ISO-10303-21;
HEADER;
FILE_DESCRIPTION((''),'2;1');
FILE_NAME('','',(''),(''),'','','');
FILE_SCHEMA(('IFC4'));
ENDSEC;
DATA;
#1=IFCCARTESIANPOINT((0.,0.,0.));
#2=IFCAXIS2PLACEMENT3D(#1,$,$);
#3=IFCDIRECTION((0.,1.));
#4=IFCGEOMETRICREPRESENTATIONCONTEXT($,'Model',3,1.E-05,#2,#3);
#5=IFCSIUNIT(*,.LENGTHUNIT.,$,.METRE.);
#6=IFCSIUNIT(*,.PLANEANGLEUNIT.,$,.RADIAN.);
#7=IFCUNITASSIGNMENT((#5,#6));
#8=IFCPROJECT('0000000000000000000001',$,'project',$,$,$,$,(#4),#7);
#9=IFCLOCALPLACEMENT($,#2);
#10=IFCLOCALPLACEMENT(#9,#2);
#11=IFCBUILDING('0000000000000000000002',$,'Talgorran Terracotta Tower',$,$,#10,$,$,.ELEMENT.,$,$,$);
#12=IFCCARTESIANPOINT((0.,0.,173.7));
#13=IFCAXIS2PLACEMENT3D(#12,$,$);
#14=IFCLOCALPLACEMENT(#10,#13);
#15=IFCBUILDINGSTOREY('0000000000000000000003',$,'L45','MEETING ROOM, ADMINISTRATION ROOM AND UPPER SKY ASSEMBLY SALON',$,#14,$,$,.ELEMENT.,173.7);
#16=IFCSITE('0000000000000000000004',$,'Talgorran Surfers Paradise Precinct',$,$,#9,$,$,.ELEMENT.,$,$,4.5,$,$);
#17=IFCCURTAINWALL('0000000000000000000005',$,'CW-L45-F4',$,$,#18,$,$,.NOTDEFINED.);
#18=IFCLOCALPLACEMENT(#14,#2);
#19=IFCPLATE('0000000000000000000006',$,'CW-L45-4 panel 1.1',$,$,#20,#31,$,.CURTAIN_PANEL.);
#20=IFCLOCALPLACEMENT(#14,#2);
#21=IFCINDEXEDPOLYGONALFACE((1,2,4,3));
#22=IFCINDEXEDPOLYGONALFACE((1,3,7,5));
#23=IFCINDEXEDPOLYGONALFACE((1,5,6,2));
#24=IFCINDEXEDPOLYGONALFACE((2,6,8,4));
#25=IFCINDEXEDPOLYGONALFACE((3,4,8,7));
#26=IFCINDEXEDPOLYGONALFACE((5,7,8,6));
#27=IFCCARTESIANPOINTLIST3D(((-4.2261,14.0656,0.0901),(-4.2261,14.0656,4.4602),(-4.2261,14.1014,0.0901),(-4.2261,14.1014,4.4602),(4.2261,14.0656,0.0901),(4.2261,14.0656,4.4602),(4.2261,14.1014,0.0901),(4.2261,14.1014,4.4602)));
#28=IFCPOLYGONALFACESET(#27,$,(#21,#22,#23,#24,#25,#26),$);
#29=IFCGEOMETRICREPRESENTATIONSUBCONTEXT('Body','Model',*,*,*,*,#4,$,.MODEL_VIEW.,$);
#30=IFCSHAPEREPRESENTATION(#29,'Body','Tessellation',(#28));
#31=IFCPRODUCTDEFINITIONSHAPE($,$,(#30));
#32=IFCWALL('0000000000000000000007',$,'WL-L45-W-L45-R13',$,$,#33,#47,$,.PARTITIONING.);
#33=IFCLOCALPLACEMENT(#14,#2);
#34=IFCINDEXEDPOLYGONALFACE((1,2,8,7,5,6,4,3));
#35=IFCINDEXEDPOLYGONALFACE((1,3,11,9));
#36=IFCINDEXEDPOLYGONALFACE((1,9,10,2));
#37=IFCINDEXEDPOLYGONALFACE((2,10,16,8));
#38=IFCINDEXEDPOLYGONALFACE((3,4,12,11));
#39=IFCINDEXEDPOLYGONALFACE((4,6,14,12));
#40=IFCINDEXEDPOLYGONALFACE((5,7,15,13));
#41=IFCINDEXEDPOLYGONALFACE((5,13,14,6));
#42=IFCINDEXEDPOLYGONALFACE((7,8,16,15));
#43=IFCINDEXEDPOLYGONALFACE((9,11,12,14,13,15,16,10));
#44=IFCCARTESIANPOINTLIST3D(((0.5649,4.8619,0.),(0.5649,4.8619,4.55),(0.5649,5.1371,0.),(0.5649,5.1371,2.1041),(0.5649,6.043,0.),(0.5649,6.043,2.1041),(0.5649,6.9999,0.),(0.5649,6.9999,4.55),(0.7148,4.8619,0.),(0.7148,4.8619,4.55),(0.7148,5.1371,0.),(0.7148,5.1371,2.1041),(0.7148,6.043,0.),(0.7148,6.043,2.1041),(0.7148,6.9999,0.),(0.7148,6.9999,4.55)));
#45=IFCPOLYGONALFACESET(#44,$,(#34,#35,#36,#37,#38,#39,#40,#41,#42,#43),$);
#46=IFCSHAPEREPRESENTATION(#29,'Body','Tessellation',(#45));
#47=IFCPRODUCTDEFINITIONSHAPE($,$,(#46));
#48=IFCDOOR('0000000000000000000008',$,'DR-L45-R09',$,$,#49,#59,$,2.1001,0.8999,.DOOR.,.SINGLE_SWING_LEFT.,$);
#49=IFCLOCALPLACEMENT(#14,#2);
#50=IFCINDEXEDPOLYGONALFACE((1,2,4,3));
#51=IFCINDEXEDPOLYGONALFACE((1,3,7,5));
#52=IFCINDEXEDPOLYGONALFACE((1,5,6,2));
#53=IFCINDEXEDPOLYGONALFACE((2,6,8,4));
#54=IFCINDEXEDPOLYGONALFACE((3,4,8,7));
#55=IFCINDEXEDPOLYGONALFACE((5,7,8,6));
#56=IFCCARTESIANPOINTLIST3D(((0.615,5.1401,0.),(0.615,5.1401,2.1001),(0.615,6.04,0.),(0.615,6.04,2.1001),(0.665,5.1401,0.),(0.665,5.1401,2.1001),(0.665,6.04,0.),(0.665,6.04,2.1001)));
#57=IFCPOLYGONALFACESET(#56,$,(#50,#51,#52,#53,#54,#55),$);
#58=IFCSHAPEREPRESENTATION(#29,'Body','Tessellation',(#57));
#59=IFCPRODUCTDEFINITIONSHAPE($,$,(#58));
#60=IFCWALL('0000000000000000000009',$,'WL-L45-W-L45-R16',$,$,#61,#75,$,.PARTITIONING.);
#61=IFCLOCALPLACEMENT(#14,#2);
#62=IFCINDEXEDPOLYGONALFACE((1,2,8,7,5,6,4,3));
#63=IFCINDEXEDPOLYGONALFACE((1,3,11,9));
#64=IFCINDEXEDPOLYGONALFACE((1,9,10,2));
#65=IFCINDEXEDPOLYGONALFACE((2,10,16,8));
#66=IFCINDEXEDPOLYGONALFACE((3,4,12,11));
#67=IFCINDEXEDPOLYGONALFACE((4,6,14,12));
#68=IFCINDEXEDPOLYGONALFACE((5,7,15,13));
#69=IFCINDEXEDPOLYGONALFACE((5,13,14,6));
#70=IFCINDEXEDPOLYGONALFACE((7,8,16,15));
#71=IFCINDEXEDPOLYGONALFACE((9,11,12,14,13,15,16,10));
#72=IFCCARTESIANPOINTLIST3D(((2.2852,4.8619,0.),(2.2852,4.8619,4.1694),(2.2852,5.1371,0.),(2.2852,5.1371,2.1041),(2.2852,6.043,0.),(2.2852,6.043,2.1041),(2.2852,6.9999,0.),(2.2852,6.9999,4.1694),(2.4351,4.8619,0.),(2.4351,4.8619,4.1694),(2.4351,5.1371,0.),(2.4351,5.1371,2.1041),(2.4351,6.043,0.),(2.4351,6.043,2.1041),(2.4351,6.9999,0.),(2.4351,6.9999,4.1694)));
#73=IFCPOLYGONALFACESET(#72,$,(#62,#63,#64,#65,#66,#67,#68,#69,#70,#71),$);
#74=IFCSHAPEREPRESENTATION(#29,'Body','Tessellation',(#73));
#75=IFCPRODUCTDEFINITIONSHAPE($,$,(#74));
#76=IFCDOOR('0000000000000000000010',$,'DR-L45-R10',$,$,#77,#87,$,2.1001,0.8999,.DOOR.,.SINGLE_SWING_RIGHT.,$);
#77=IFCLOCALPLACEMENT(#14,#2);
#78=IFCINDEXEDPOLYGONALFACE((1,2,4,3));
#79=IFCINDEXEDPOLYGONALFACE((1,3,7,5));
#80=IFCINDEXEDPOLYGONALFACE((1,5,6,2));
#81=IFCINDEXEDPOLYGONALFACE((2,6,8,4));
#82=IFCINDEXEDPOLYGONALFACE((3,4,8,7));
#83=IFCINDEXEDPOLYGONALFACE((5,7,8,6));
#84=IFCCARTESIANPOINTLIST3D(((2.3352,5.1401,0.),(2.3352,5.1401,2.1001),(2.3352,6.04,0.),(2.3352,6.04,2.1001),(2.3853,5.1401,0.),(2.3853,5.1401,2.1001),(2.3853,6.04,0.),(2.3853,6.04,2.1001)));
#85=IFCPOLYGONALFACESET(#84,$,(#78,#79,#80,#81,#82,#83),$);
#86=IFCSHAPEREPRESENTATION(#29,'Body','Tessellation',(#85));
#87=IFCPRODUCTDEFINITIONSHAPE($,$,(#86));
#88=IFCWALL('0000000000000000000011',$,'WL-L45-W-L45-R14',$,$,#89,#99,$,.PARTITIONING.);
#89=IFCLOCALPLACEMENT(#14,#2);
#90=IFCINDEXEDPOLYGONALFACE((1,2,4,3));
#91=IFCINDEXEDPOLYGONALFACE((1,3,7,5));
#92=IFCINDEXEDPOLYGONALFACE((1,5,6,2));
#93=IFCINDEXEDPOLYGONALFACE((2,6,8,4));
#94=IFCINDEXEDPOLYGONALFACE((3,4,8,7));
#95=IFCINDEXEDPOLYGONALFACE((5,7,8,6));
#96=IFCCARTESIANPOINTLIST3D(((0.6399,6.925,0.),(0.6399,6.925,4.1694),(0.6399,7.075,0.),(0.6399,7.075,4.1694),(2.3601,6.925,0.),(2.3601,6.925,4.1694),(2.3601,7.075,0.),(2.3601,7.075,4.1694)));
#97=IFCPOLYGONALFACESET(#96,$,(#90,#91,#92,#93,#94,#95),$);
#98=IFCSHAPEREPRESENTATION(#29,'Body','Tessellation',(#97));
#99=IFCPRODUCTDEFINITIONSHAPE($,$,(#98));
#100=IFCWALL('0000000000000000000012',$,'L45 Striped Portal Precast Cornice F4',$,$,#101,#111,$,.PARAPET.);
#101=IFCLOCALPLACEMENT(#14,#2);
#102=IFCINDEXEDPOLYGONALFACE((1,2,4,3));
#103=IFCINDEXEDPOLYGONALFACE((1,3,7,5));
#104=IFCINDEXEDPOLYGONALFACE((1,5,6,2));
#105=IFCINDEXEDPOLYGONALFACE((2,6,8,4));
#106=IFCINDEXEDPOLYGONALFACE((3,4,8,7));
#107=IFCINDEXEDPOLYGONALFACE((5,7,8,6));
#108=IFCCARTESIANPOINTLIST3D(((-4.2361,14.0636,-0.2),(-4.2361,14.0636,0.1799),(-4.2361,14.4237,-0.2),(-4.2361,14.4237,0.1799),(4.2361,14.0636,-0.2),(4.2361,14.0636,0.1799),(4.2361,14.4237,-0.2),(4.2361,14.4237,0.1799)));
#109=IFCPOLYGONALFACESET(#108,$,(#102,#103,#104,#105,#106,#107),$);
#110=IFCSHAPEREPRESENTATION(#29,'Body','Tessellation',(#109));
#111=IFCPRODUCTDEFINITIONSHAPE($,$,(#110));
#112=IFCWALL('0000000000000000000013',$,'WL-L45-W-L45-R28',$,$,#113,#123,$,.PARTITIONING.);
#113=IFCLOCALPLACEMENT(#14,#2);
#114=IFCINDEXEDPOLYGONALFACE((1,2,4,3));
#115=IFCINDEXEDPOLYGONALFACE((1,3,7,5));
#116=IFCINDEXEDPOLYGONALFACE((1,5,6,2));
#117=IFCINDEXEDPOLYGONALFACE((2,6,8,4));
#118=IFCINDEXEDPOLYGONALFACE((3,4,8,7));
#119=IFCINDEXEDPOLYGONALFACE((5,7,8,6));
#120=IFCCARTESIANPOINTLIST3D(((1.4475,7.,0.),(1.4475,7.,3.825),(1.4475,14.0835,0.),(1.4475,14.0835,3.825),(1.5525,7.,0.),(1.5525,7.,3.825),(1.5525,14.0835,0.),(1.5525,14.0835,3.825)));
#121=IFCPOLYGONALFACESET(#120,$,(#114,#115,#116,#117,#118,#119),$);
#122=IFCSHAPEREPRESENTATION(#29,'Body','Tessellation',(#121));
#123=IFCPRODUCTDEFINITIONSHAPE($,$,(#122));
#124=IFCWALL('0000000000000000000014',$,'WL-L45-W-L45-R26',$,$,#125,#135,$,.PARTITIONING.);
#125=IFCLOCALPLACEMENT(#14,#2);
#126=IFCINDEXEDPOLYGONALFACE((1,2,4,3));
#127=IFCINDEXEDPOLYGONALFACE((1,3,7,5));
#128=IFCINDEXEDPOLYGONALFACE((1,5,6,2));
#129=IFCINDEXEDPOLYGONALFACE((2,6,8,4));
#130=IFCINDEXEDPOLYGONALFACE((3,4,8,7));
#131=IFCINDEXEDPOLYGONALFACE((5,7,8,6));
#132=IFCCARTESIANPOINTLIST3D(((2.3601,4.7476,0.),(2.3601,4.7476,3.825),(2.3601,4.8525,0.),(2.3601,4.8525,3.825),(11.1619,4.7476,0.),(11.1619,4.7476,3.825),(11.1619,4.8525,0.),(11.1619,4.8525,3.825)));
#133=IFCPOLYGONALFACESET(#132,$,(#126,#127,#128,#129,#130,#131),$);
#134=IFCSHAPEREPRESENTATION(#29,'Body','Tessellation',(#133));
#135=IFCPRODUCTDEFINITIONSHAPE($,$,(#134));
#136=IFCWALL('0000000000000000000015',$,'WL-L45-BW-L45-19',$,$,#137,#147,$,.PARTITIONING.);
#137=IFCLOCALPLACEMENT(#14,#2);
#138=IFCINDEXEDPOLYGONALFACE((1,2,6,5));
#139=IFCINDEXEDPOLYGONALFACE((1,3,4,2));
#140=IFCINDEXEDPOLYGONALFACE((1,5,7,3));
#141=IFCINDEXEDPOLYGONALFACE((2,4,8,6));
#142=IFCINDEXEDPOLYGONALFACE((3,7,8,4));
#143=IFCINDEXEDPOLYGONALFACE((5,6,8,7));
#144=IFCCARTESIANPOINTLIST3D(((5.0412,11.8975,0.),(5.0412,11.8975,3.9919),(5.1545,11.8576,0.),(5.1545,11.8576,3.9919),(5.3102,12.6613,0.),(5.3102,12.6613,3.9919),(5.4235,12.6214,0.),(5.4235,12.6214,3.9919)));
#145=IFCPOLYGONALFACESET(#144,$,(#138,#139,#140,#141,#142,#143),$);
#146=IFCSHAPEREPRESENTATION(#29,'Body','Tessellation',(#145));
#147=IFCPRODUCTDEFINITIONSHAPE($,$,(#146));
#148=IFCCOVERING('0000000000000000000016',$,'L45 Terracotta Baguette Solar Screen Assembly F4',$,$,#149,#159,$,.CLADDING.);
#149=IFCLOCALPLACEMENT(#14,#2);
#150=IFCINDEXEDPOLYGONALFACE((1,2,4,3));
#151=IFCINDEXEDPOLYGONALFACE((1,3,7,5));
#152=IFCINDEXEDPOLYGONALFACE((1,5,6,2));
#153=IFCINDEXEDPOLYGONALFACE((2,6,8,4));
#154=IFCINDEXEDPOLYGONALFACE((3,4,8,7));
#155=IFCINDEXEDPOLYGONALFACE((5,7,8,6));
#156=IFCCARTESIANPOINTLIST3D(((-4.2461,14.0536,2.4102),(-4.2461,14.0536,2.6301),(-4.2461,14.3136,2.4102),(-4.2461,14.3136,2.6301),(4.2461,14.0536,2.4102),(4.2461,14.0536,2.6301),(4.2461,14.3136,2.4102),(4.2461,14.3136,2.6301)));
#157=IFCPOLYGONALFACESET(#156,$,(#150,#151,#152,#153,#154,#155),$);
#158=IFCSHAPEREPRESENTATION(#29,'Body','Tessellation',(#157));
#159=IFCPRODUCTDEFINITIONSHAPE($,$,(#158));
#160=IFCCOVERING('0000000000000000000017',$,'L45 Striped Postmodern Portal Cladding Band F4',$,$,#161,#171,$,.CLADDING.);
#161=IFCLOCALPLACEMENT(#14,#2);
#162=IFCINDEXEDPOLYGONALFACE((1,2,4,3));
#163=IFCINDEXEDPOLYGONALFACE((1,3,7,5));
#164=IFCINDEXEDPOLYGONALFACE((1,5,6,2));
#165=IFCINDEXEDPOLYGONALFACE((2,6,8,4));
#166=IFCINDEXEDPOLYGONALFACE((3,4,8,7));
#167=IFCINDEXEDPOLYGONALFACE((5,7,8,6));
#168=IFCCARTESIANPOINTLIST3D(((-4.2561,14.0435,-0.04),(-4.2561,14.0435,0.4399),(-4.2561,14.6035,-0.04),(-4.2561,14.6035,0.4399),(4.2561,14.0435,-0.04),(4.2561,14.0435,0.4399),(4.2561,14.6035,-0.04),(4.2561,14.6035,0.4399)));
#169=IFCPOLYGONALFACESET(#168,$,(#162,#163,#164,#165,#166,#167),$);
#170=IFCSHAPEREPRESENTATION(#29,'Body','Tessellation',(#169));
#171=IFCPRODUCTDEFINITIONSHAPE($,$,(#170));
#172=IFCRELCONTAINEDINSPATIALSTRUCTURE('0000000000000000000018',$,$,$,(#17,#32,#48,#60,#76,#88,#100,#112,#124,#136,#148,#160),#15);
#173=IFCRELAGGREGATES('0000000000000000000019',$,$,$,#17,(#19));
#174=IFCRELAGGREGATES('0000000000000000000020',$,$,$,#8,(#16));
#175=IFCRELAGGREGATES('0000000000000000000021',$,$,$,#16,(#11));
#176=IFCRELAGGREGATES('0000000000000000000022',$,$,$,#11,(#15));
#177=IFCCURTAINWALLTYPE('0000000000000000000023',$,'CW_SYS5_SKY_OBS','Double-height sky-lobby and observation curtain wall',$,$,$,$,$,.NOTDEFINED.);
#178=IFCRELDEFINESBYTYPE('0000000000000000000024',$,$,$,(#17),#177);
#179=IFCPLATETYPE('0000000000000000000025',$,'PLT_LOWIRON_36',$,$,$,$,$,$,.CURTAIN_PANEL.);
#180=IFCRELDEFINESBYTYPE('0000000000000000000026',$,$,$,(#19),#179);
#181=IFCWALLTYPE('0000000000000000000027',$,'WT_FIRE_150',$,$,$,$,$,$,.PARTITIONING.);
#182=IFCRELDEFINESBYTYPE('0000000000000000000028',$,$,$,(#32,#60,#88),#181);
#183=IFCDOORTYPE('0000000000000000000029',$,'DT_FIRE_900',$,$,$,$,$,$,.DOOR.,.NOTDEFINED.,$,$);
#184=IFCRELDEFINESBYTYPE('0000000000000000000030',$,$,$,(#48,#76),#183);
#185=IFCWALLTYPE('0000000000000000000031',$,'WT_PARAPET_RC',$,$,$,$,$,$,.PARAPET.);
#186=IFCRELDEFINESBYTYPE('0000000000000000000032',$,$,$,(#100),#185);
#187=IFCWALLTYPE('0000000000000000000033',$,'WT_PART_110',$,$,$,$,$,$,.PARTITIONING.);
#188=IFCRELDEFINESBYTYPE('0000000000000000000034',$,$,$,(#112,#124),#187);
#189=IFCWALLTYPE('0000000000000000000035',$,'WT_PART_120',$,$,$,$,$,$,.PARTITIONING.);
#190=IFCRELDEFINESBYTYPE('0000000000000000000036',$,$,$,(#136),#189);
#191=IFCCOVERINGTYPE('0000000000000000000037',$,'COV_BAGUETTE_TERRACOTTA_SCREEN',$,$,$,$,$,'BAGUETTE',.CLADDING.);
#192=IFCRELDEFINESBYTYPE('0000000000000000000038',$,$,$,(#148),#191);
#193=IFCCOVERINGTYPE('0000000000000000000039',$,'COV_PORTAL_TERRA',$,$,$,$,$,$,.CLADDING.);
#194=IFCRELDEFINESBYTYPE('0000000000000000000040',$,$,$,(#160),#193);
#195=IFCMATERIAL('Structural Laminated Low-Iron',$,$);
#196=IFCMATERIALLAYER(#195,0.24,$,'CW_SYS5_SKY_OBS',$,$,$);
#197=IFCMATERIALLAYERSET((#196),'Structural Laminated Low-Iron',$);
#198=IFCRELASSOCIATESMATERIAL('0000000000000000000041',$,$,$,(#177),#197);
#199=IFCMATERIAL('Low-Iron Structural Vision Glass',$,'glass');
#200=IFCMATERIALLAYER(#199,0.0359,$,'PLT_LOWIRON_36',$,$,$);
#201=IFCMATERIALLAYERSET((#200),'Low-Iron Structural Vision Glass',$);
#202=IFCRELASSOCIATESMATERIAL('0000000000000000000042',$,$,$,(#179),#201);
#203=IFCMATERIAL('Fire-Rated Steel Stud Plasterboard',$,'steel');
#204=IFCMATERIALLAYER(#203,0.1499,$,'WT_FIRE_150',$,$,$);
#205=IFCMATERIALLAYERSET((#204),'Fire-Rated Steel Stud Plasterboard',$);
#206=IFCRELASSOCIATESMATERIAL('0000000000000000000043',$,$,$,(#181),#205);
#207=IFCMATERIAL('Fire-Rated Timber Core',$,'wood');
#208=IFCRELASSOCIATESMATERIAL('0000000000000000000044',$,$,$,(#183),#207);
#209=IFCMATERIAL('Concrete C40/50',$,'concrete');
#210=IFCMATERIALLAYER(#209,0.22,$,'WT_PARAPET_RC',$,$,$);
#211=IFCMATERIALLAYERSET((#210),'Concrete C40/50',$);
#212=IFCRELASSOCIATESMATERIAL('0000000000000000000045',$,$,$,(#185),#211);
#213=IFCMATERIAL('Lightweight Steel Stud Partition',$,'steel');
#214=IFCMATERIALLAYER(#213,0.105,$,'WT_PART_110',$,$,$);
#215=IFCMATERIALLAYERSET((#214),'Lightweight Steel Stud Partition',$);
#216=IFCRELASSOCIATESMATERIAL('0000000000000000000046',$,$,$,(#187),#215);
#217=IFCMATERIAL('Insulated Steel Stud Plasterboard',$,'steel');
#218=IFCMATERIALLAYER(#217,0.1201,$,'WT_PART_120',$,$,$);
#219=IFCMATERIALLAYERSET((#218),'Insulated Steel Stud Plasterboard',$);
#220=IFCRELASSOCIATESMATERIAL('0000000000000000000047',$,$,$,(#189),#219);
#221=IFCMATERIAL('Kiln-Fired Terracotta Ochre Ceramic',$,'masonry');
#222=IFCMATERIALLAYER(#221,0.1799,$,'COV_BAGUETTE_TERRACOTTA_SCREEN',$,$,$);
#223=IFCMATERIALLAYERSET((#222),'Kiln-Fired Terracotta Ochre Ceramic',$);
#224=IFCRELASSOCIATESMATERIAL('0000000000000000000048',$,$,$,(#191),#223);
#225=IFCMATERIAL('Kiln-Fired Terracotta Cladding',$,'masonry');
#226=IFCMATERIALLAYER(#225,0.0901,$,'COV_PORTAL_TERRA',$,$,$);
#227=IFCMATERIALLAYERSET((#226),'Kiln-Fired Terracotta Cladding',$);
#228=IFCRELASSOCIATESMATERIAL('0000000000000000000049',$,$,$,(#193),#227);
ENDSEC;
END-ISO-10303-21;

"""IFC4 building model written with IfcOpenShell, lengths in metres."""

from ifc_helpers import new_model, si_unit, direction, frame, frame_2d, origin, origin_2d, place, context, subcontext, project, spatial, rectangle, extrude, source, transform, mapped, material, layer, layer_set, type_object, element, fill, aggregate, save


model = new_model("IFC4")

# Units and contexts
model_context = context("Model", 3, precision=1e-05, world=origin(), true_north=direction((0.0, 1.0)))
body_context = subcontext(model_context, "Body", "Model", "MODEL_VIEW")
ifc_project = project(units=[si_unit("LENGTHUNIT", "METRE"), si_unit("PLANEANGLEUNIT", "RADIAN")], contexts=[model_context])

# Site, building, storey
site_placement = place(None, origin())
site = spatial("IfcSite", under=ifc_project, at=site_placement, Name="Talgorran Surfers Paradise Precinct", CompositionType="ELEMENT", RefElevation=4.5)
building_placement = place(site_placement, origin())
building = spatial("IfcBuilding", under=site, at=building_placement, Name="Talgorran Terracotta Tower", CompositionType="ELEMENT")
storey_placement = place(building_placement, frame((0.0, 0.0, 173.7)))
storey = spatial("IfcBuildingStorey", under=building, at=storey_placement, Name="L45", Description="MEETING ROOM, ADMINISTRATION ROOM AND UPPER SKY ASSEMBLY SALON", CompositionType="ELEMENT", Elevation=173.7)

# Shared definitions
ifc_material_1 = material(Name="Structural Laminated Low-Iron")
ifc_layer_1 = layer(ifc_material_1, 0.24, Name="CW_SYS5_SKY_OBS")
ifc_layer_set_1 = layer_set([ifc_layer_1], Name="Structural Laminated Low-Iron")
curtain_wall_type = type_object("IfcCurtainWallType", Name="CW_SYS5_SKY_OBS", Description="Double-height sky-lobby and observation curtain wall", PredefinedType="NOTDEFINED", material=ifc_layer_set_1)

# Curtain wall
curtain_wall_1_placement = place(storey_placement, origin())
curtain_wall_1 = element("IfcCurtainWall", 1, at=curtain_wall_1_placement, inside=storey, type_object=curtain_wall_type, Name="CW-L45-F4", PredefinedType="NOTDEFINED")

# Plate
ifc_material_2 = material(Name="Low-Iron Structural Vision Glass", Category="glass")
ifc_layer_2 = layer(ifc_material_2, 0.0359, Name="PLT_LOWIRON_36")
ifc_layer_set_2 = layer_set([ifc_layer_2], Name="Low-Iron Structural Vision Glass")
plate_type = type_object("IfcPlateType", Name="PLT_LOWIRON_36", PredefinedType="CURTAIN_PANEL", material=ifc_layer_set_2)
shared_shape_1 = source(origin(), body_context, "Body", "SweptSolid", [
    extrude(rectangle(XDim=8.4521, YDim=0.0359, at=origin_2d()), origin(), (0.0, 0.0, 1.0), 4.3701),
])
plate_1_placement = place(storey_placement, frame((0.0, 14.0835, 0.0901), z_axis=(0.0, 0.0, 1.0), x_axis=(-1.0, 0.0, 0.0)))
plate_1 = element("IfcPlate", 2, at=plate_1_placement, type_object=plate_type, Name="CW-L45-4 panel 1.1", PredefinedType="CURTAIN_PANEL", context=body_context, shape_type="MappedRepresentation", body=[
    mapped(shared_shape_1, transform((0.0, 0.0, 0.0), scale=1.0)),
])
aggregate(curtain_wall_1, [plate_1])

# Walls, openings, doors
ifc_material_3 = material(Name="Fire-Rated Steel Stud Plasterboard", Category="steel")
ifc_layer_3 = layer(ifc_material_3, 0.1499, Name="WT_FIRE_150")
ifc_layer_set_3 = layer_set([ifc_layer_3], Name="Fire-Rated Steel Stud Plasterboard")
wall_type_1 = type_object("IfcWallType", Name="WT_FIRE_150", PredefinedType="PARTITIONING", material=ifc_layer_set_3)
wall_1_placement = place(storey_placement, frame((0.6399, 4.8621, 0.0), z_axis=(0.0, 0.0, 1.0), x_axis=(0.0, 1.0, 0.0)))
wall_1 = element("IfcWall", 3, at=wall_1_placement, inside=storey, type_object=wall_type_1, Name="WL-L45-W-L45-R13", PredefinedType="PARTITIONING", context=body_context, shape_type="SweptSolid", body=[
    extrude(rectangle(XDim=2.1379, YDim=0.1499, at=frame_2d((1.0688, 0.0))), origin(), (0.0, 0.0, 1.0), 4.55),
])
opening_1_placement = place(wall_1_placement, frame((0.2781, 0.0, 0.0)))
opening_1 = element("IfcOpeningElement", 4, at=opening_1_placement, cuts=wall_1, PredefinedType="OPENING", context=body_context, shape_type="SweptSolid", body=[
    extrude(rectangle(XDim=0.9059, YDim=2.1041, at=frame_2d((0.45, 1.052))), frame((0.0, 0.085, 0.0), z_axis=(0.0, -1.0, 0.0), x_axis=(1.0, 0.0, 0.0)), (0.0, 0.0, 1.0), 0.1699),
])
ifc_material_4 = material(Name="Fire-Rated Timber Core", Category="wood")
door_type = type_object("IfcDoorType", Name="DT_FIRE_900", OperationType="NOTDEFINED", PredefinedType="DOOR", material=ifc_material_4)
door_1_placement = place(opening_1_placement, origin())
door_1 = element("IfcDoor", 5, at=door_1_placement, inside=storey, type_object=door_type, Name="DR-L45-R09", OperationType="SINGLE_SWING_LEFT", OverallHeight=2.1001, OverallWidth=0.8999, PredefinedType="DOOR", context=body_context, shape_type="SweptSolid", body=[
    extrude(rectangle(XDim=0.8999, YDim=2.1001, at=frame_2d((0.45, 1.05))), frame((0.0, 0.0249, 0.0), z_axis=(0.0, -1.0, 0.0), x_axis=(1.0, 0.0, 0.0)), (0.0, 0.0, 1.0), 0.05),
])
fill(opening_1, door_1)
wall_2_placement = place(storey_placement, frame((2.3601, 4.8621, 0.0), z_axis=(0.0, 0.0, 1.0), x_axis=(0.0, 1.0, 0.0)))
wall_2 = element("IfcWall", 6, at=wall_2_placement, inside=storey, type_object=wall_type_1, Name="WL-L45-W-L45-R16", PredefinedType="PARTITIONING", context=body_context, shape_type="SweptSolid", body=[
    extrude(rectangle(XDim=2.1379, YDim=0.1499, at=frame_2d((1.0688, 0.0))), origin(), (0.0, 0.0, 1.0), 4.1694),
])
opening_2_placement = place(wall_2_placement, frame((0.2781, 0.0, 0.0)))
opening_2 = element("IfcOpeningElement", 7, at=opening_2_placement, cuts=wall_2, PredefinedType="OPENING", context=body_context, shape_type="SweptSolid", body=[
    extrude(rectangle(XDim=0.9059, YDim=2.1041, at=frame_2d((0.45, 1.052))), frame((0.0, 0.085, 0.0), z_axis=(0.0, -1.0, 0.0), x_axis=(1.0, 0.0, 0.0)), (0.0, 0.0, 1.0), 0.1699),
])
door_2_placement = place(opening_2_placement, origin())
door_2 = element("IfcDoor", 8, at=door_2_placement, inside=storey, type_object=door_type, Name="DR-L45-R10", OperationType="SINGLE_SWING_RIGHT", OverallHeight=2.1001, OverallWidth=0.8999, PredefinedType="DOOR", context=body_context, shape_type="SweptSolid", body=[
    extrude(rectangle(XDim=0.8999, YDim=2.1001, at=frame_2d((0.45, 1.05))), frame((0.0, 0.0249, 0.0), z_axis=(0.0, -1.0, 0.0), x_axis=(1.0, 0.0, 0.0)), (0.0, 0.0, 1.0), 0.05),
])
fill(opening_2, door_2)

# Walls
wall_3_placement = place(storey_placement, frame((0.6399, 7.0, 0.0), z_axis=(0.0, 0.0, 1.0), x_axis=(1.0, 0.0, 0.0)))
element("IfcWall", 9, at=wall_3_placement, inside=storey, type_object=wall_type_1, Name="WL-L45-W-L45-R14", PredefinedType="PARTITIONING", context=body_context, shape_type="SweptSolid", body=[
    extrude(rectangle(XDim=1.7202, YDim=0.1499, at=frame_2d((0.8601, 0.0))), origin(), (0.0, 0.0, 1.0), 4.1694),
])
ifc_material_5 = material(Name="Concrete C40/50", Category="concrete")
ifc_layer_4 = layer(ifc_material_5, 0.22, Name="WT_PARAPET_RC")
ifc_layer_set_4 = layer_set([ifc_layer_4], Name="Concrete C40/50")
wall_type_2 = type_object("IfcWallType", Name="WT_PARAPET_RC", PredefinedType="PARAPET", material=ifc_layer_set_4)
wall_4_placement = place(storey_placement, frame((4.2361, 14.2437, -0.2), z_axis=(0.0, 0.0, 1.0), x_axis=(-1.0, 0.0, 0.0)))
element("IfcWall", 10, at=wall_4_placement, inside=storey, type_object=wall_type_2, Name="L45 Striped Portal Precast Cornice F4", PredefinedType="PARAPET", context=body_context, shape_type="SweptSolid", body=[
    extrude(rectangle(XDim=8.4722, YDim=0.3601, at=frame_2d((4.2361, 0.0))), origin(), (0.0, 0.0, 1.0), 0.3799),
])
ifc_material_6 = material(Name="Lightweight Steel Stud Partition", Category="steel")
ifc_layer_5 = layer(ifc_material_6, 0.105, Name="WT_PART_110")
ifc_layer_set_5 = layer_set([ifc_layer_5], Name="Lightweight Steel Stud Partition")
wall_type_3 = type_object("IfcWallType", Name="WT_PART_110", PredefinedType="PARTITIONING", material=ifc_layer_set_5)
wall_5_placement = place(storey_placement, frame((1.5, 7.0, 0.0), z_axis=(0.0, 0.0, 1.0), x_axis=(0.0, 1.0, 0.0)))
element("IfcWall", 11, at=wall_5_placement, inside=storey, type_object=wall_type_3, Name="WL-L45-W-L45-R28", PredefinedType="PARTITIONING", context=body_context, shape_type="SweptSolid", body=[
    extrude(rectangle(XDim=7.0835, YDim=0.105, at=frame_2d((3.5417, 0.0))), origin(), (0.0, 0.0, 1.0), 3.825),
])
wall_6_placement = place(storey_placement, frame((2.3601, 4.8, 0.0), z_axis=(0.0, 0.0, 1.0), x_axis=(1.0, 0.0, 0.0)))
element("IfcWall", 12, at=wall_6_placement, inside=storey, type_object=wall_type_3, Name="WL-L45-W-L45-R26", PredefinedType="PARTITIONING", context=body_context, shape_type="SweptSolid", body=[
    extrude(rectangle(XDim=8.8018, YDim=0.105, at=frame_2d((4.4009, 0.0))), origin(), (0.0, 0.0, 1.0), 3.825),
])
ifc_material_7 = material(Name="Insulated Steel Stud Plasterboard", Category="steel")
ifc_layer_6 = layer(ifc_material_7, 0.1201, Name="WT_PART_120")
ifc_layer_set_6 = layer_set([ifc_layer_6], Name="Insulated Steel Stud Plasterboard")
wall_type_4 = type_object("IfcWallType", Name="WT_PART_120", PredefinedType="PARTITIONING", material=ifc_layer_set_6)
wall_7_placement = place(storey_placement, frame((5.0979, 11.8777, 0.0), z_axis=(0.0, 0.0, 1.0), x_axis=(0.332189, 0.943213, 0.0)))
element("IfcWall", 13, at=wall_7_placement, inside=storey, type_object=wall_type_4, Name="WL-L45-BW-L45-19", PredefinedType="PARTITIONING", context=body_context, shape_type="SweptSolid", body=[
    extrude(rectangle(XDim=0.8098, YDim=0.1201, at=frame_2d((0.4048, 0.0))), origin(), (0.0, 0.0, 1.0), 3.9919),
])

# Coverings
ifc_material_8 = material(Name="Kiln-Fired Terracotta Ochre Ceramic", Category="masonry")
ifc_layer_7 = layer(ifc_material_8, 0.1799, Name="COV_BAGUETTE_TERRACOTTA_SCREEN")
ifc_layer_set_7 = layer_set([ifc_layer_7], Name="Kiln-Fired Terracotta Ochre Ceramic")
covering_type_1 = type_object("IfcCoveringType", Name="COV_BAGUETTE_TERRACOTTA_SCREEN", ElementType="BAGUETTE", PredefinedType="CLADDING", material=ifc_layer_set_7)
covering_1_placement = place(storey_placement, frame((0.0, 14.1836, 2.4102), z_axis=(0.0, 0.0, 1.0), x_axis=(-1.0, 0.0, 0.0)))
element("IfcCovering", 14, at=covering_1_placement, inside=storey, type_object=covering_type_1, Name="L45 Terracotta Baguette Solar Screen Assembly F4", PredefinedType="CLADDING", context=body_context, shape_type="SweptSolid", body=[
    extrude(rectangle(XDim=8.4922, YDim=0.26, at=origin_2d()), origin(), (0.0, 0.0, 1.0), 0.22),
])
ifc_material_9 = material(Name="Kiln-Fired Terracotta Cladding", Category="masonry")
ifc_layer_8 = layer(ifc_material_9, 0.0901, Name="COV_PORTAL_TERRA")
ifc_layer_set_8 = layer_set([ifc_layer_8], Name="Kiln-Fired Terracotta Cladding")
covering_type_2 = type_object("IfcCoveringType", Name="COV_PORTAL_TERRA", PredefinedType="CLADDING", material=ifc_layer_set_8)
covering_2_placement = place(storey_placement, frame((0.0, 14.3235, -0.04), z_axis=(0.0, 0.0, 1.0), x_axis=(-1.0, 0.0, 0.0)))
element("IfcCovering", 15, at=covering_2_placement, inside=storey, type_object=covering_type_2, Name="L45 Striped Postmodern Portal Cladding Band F4", PredefinedType="CLADDING", context=body_context, shape_type="SweptSolid", body=[
    extrude(rectangle(XDim=8.5122, YDim=0.5601, at=origin_2d()), origin(), (0.0, 0.0, 1.0), 0.48),
])

save(model, "model.ifc")
